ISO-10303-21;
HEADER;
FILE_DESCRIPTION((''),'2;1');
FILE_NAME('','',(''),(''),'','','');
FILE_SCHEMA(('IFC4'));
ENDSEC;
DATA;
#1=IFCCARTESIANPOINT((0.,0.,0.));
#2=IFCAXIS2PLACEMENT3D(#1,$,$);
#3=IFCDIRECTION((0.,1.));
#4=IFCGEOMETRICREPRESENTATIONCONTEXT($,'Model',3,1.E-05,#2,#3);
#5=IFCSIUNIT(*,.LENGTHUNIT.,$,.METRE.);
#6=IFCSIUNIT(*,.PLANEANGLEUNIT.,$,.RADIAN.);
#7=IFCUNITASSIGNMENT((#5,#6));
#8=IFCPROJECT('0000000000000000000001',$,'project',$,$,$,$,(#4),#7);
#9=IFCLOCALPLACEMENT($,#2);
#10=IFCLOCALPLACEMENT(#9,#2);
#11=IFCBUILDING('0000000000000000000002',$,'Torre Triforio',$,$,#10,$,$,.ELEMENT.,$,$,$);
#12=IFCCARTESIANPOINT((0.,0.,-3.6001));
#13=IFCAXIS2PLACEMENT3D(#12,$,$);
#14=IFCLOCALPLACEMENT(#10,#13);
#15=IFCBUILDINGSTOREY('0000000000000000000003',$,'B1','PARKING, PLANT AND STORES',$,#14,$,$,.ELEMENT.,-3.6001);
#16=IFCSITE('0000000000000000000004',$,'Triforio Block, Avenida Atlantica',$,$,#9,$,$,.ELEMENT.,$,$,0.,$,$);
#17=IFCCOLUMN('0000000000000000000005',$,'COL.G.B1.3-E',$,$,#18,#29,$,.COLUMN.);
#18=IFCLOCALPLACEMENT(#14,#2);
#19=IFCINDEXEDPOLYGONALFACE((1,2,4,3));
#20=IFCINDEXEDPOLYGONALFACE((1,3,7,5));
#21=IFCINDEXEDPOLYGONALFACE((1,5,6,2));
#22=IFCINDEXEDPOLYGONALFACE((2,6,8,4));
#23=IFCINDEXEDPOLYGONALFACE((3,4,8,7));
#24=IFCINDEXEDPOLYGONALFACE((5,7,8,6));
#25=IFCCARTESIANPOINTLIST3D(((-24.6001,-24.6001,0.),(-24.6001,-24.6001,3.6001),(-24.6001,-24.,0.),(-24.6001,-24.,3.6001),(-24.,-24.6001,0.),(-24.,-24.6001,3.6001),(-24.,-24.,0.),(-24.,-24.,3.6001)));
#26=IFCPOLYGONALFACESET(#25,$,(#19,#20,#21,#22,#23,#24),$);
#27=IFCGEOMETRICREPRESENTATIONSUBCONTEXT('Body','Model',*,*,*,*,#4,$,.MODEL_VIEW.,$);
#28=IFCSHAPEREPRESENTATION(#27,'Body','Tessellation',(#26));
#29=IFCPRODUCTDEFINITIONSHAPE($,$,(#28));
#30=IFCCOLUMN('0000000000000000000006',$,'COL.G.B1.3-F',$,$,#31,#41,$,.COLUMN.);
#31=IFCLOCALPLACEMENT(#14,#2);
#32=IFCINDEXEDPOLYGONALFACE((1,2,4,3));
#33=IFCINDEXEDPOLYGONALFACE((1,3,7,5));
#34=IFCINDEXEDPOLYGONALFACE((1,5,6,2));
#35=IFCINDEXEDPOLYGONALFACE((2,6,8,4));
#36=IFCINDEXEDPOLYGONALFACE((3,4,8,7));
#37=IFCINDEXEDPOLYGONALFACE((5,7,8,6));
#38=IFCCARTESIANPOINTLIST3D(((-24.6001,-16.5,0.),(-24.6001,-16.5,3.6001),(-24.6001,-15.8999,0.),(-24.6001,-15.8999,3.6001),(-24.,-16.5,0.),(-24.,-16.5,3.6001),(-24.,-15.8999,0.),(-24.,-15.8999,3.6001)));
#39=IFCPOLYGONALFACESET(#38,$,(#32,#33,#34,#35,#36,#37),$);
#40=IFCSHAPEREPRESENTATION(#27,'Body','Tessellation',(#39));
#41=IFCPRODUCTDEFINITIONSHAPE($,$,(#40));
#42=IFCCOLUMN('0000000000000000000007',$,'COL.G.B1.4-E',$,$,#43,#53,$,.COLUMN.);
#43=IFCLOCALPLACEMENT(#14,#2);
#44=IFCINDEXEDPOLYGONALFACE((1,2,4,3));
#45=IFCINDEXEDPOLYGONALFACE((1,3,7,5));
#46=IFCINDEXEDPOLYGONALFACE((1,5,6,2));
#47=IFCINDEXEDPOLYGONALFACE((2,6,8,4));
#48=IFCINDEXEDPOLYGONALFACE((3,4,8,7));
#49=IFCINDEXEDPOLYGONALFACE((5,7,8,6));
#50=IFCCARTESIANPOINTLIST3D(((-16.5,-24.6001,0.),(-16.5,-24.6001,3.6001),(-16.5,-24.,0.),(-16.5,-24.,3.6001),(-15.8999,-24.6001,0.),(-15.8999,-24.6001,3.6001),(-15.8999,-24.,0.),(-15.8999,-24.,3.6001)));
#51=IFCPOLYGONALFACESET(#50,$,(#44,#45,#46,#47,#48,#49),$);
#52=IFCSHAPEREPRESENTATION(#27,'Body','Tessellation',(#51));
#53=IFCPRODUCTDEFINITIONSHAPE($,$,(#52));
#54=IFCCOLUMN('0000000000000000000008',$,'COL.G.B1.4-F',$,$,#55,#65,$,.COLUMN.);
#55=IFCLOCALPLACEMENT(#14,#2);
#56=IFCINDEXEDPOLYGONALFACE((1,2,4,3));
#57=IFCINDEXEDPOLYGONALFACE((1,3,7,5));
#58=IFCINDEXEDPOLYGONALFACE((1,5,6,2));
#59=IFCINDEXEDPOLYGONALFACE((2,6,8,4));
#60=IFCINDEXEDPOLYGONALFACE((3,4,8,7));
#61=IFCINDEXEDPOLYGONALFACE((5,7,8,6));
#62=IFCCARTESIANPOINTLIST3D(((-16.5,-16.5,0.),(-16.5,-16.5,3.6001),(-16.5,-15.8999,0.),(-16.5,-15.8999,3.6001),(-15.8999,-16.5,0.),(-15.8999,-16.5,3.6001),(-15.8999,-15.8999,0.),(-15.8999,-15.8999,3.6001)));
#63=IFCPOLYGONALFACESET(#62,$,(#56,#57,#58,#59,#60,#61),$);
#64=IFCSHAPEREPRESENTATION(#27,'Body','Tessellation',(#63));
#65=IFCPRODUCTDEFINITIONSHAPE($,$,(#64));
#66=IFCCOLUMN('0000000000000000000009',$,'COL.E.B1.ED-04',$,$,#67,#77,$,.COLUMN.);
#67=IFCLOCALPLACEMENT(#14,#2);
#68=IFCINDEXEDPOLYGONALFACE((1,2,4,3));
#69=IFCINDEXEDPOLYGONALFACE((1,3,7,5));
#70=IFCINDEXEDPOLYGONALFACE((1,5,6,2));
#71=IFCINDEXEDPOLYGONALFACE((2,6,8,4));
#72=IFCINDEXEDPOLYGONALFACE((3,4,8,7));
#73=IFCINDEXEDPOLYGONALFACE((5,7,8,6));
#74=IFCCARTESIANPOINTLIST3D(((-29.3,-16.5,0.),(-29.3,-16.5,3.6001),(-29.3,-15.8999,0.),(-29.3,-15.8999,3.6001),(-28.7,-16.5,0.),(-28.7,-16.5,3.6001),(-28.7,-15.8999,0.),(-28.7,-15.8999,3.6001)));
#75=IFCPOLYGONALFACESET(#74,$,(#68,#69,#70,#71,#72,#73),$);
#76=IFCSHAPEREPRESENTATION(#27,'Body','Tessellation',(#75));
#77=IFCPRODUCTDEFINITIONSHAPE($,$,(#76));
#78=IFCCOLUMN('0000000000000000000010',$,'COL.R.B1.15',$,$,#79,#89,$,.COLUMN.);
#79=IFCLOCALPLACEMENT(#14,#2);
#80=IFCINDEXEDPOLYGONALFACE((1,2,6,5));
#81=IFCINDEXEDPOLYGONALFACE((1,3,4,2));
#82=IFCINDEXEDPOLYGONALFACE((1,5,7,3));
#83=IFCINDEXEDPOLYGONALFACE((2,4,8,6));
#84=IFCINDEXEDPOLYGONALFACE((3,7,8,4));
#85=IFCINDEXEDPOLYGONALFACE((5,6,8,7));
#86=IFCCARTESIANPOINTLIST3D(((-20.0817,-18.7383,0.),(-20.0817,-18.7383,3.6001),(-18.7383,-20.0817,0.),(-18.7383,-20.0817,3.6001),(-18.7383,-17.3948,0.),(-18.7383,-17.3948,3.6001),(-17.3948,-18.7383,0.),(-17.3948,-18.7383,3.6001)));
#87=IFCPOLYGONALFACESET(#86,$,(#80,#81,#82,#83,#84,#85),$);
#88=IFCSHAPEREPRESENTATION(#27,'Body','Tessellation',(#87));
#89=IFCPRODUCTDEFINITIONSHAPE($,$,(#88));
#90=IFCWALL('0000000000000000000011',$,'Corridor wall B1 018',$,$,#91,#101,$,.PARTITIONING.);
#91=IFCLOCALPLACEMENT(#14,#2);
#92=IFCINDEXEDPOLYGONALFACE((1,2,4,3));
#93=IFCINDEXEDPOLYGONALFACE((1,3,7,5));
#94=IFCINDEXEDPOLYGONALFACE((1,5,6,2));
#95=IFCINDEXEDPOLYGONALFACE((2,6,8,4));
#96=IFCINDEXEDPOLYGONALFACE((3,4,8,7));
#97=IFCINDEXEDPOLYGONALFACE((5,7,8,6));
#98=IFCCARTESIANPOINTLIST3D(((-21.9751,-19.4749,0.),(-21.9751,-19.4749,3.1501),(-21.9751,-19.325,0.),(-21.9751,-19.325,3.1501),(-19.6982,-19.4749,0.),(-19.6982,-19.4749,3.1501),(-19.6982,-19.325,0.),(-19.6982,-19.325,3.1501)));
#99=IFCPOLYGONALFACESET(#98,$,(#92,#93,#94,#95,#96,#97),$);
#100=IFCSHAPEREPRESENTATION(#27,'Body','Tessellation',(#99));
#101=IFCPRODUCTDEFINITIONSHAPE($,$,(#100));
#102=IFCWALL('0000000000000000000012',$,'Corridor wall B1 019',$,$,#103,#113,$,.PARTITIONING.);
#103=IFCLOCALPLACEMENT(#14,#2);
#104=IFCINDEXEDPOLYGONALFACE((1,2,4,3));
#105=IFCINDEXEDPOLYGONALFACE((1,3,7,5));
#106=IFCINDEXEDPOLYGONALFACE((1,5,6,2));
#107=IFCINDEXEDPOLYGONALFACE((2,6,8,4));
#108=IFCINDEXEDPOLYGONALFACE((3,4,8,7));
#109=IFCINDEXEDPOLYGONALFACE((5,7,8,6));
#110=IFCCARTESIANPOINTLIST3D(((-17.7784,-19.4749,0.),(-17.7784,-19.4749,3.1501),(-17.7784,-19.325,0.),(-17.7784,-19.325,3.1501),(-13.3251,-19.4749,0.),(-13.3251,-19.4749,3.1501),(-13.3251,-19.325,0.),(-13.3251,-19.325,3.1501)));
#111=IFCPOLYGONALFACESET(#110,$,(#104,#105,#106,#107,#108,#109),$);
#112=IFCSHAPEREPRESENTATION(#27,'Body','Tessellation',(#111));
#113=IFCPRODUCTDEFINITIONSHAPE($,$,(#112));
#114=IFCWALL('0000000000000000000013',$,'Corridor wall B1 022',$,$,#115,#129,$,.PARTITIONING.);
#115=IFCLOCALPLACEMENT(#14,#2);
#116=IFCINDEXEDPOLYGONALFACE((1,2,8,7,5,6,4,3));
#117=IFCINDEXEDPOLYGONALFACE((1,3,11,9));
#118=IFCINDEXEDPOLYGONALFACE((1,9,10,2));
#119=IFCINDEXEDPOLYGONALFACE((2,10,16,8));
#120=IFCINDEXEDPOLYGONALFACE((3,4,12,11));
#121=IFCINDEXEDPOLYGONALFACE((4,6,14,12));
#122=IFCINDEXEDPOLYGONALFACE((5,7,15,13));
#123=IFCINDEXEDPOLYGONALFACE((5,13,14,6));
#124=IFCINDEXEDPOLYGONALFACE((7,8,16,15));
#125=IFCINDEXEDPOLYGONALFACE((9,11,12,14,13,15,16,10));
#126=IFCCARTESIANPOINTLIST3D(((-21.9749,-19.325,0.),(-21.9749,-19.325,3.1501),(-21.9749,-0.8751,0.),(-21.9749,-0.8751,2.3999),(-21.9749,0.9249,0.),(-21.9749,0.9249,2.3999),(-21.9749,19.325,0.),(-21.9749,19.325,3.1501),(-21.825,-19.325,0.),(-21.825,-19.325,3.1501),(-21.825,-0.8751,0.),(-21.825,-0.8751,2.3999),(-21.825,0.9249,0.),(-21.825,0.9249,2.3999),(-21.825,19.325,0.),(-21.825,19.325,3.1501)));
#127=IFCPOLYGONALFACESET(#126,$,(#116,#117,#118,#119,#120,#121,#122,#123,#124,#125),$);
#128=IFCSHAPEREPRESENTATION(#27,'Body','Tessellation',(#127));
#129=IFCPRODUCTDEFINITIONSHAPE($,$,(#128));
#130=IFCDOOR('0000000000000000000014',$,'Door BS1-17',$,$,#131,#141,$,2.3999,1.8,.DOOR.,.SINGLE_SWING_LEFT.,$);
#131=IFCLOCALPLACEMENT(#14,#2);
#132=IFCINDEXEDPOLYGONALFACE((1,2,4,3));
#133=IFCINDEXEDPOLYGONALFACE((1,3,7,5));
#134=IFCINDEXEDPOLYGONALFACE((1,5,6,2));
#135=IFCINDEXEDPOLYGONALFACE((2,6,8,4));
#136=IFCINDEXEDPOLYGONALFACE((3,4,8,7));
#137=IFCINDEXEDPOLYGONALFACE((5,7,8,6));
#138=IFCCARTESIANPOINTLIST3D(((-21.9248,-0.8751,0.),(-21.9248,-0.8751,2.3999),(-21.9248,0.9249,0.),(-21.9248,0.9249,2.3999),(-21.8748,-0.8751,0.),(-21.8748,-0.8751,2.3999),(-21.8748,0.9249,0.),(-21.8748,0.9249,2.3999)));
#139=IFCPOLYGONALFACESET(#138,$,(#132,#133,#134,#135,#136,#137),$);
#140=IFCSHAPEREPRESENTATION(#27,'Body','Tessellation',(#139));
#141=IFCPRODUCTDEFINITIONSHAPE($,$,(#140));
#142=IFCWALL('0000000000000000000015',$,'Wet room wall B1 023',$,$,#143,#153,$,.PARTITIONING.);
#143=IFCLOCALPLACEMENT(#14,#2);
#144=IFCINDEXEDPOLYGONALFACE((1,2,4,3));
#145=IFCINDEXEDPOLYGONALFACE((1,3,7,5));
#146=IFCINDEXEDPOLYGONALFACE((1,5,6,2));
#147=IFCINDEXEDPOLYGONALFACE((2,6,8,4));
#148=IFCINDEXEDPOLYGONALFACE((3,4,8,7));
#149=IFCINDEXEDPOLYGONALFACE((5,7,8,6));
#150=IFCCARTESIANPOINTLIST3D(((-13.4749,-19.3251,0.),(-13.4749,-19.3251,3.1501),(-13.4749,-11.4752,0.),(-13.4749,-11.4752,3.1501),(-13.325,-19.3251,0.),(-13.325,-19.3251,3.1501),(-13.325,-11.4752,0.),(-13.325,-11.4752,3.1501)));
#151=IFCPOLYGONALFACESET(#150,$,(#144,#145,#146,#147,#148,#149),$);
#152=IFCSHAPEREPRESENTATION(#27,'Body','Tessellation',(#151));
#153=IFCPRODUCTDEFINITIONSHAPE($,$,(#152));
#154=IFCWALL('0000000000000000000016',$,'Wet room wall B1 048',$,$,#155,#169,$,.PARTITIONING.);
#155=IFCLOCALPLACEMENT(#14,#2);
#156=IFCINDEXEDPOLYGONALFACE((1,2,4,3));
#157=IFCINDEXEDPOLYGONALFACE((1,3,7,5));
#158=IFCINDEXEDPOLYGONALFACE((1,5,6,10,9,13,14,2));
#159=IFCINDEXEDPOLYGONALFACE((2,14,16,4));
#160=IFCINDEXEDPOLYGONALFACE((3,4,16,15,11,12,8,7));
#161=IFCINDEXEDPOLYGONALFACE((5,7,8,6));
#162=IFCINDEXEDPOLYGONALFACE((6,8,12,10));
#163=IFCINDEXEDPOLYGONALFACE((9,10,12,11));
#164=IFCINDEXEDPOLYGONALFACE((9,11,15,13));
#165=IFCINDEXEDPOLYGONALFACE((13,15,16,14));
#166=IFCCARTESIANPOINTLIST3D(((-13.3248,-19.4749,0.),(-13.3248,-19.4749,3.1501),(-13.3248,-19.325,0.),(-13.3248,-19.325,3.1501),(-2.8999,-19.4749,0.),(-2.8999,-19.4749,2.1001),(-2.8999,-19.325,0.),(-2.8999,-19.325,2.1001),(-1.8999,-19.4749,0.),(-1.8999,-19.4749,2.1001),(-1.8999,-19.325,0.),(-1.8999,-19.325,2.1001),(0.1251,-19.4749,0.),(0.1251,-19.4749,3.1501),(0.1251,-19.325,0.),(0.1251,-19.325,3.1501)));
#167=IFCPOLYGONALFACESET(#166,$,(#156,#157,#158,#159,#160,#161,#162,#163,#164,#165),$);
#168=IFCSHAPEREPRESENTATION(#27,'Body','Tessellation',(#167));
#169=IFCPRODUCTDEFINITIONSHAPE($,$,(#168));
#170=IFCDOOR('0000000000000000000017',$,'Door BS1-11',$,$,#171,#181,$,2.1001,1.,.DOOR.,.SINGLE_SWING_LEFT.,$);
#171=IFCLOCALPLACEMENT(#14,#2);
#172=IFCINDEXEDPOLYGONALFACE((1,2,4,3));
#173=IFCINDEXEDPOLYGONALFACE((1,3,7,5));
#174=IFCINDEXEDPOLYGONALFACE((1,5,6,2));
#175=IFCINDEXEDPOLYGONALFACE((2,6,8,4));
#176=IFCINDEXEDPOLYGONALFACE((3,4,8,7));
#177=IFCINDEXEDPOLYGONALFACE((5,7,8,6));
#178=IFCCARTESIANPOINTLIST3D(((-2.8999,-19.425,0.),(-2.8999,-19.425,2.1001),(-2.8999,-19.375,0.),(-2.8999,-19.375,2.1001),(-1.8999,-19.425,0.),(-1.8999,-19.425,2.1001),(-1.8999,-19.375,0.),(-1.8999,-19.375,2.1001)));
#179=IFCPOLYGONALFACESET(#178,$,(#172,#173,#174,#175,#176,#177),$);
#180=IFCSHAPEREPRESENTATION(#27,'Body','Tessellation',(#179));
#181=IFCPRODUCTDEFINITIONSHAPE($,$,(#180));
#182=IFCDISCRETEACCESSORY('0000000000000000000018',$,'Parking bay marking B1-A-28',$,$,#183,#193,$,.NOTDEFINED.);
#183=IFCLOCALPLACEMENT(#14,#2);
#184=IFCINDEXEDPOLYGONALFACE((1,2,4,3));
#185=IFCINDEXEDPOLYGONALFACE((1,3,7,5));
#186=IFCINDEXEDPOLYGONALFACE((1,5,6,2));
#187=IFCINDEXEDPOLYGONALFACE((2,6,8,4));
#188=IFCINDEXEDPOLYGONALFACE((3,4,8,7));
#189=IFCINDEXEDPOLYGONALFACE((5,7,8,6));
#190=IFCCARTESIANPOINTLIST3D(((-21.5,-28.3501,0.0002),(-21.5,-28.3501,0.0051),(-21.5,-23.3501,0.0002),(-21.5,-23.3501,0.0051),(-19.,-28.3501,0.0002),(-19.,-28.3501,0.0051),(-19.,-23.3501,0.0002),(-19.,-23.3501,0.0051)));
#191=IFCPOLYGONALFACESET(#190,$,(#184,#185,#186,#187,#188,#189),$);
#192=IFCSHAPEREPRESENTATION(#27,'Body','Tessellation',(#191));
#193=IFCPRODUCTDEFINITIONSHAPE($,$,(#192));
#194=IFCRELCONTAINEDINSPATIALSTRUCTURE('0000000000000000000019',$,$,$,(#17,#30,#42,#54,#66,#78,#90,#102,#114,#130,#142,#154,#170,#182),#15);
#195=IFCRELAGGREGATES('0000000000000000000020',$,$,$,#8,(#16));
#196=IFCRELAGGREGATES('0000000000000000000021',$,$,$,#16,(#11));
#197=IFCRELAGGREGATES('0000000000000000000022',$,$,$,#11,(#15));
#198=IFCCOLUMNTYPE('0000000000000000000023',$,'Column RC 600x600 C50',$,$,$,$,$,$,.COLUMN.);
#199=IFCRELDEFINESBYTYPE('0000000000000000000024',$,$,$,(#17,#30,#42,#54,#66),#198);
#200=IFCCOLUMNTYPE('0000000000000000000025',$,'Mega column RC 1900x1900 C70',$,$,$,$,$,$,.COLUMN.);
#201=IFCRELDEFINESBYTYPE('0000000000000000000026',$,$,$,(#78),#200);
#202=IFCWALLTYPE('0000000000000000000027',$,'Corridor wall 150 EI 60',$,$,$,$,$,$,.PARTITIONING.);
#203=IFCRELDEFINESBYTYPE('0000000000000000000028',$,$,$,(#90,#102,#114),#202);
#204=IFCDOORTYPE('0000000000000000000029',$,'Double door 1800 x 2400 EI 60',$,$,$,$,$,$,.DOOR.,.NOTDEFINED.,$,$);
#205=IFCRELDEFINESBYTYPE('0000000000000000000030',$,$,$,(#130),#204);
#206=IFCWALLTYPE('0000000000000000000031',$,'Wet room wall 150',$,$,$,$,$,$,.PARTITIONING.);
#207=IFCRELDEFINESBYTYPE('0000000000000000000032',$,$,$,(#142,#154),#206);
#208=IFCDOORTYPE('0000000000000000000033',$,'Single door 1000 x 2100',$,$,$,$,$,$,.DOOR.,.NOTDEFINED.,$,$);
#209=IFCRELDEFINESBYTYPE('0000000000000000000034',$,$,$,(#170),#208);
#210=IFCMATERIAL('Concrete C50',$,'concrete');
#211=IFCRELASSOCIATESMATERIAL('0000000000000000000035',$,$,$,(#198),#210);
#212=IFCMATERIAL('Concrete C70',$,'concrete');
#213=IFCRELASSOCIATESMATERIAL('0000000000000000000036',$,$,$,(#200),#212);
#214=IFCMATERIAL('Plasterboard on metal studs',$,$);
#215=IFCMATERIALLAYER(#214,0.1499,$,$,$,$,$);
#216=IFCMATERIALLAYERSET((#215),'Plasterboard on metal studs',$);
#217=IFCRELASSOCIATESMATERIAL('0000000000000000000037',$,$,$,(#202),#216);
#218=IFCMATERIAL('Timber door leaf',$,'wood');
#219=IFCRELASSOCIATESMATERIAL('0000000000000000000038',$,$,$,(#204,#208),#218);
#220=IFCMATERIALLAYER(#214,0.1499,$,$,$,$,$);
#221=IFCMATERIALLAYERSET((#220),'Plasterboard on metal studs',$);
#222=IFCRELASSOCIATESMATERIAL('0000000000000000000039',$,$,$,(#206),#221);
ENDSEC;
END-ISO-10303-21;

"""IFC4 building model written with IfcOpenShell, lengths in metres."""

from ifc_helpers import new_model, si_unit, direction, frame, frame_2d, origin, origin_2d, place, context, subcontext, project, spatial, rectangle, extrude, material, layer, layer_set, material_profile, profile_set, type_object, element, fill, save


model = new_model("IFC4")

# Units and contexts
model_context = context("Model", 3, precision=1e-05, world=origin(), true_north=direction((0.0, 1.0)))
body_context = subcontext(model_context, "Body", "Model", "MODEL_VIEW")
ifc_project = project(units=[si_unit("LENGTHUNIT", "METRE"), si_unit("PLANEANGLEUNIT", "RADIAN")], contexts=[model_context])

# Site, building, storey
site_placement = place(None, origin())
site = spatial("IfcSite", under=ifc_project, at=site_placement, Name="Triforio Block, Avenida Atlantica", CompositionType="ELEMENT", RefElevation=0.0)
building_placement = place(site_placement, origin())
building = spatial("IfcBuilding", under=site, at=building_placement, Name="Torre Triforio", CompositionType="ELEMENT")
storey_placement = place(building_placement, frame((0.0, 0.0, -3.6001)))
storey = spatial("IfcBuildingStorey", under=building, at=storey_placement, Name="B1", Description="PARKING, PLANT AND STORES", CompositionType="ELEMENT", Elevation=-3.6001)

# Columns
ifc_material_1 = material(Name="Concrete C50", Category="concrete")
ifc_material_profile_1 = material_profile(ifc_material_1, rectangle(XDim=0.6001, YDim=0.6001, at=origin_2d()), Name="RC 600x600")
ifc_profile_set_1 = profile_set([ifc_material_profile_1], Name="Concrete C50")
column_type_1 = type_object("IfcColumnType", Name="Column RC 600x600 C50", PredefinedType="COLUMN", material=ifc_profile_set_1)
for number, where, z_axis, x_axis, name in (
    (1, (-24.3, -24.3, 0.0), (0.0, 0.0, 1.0), (1.0, 0.0, 0.0), "COL.G.B1.3-E"),
    (2, (-24.3, -16.2, 0.0), (0.0, 0.0, 1.0), (1.0, 0.0, 0.0), "COL.G.B1.3-F"),
    (3, (-16.2, -24.3, 0.0), (0.0, 0.0, 1.0), (1.0, 0.0, 0.0), "COL.G.B1.4-E"),
    (4, (-16.2, -16.2, 0.0), (0.0, 0.0, 1.0), (1.0, 0.0, 0.0), "COL.G.B1.4-F"),
    (5, (-29.0, -16.2, 0.0), (0.0, 0.0, 1.0), (1.0, 0.0, 0.0), "COL.E.B1.ED-04"),
):
    element("IfcColumn", number, at=place(storey_placement, frame(where, z_axis=z_axis, x_axis=x_axis)), inside=storey, type_object=column_type_1, Name=name, PredefinedType="COLUMN", context=body_context, shape_type="SweptSolid", body=[
        extrude(rectangle(XDim=0.6001, YDim=0.6001, at=origin_2d()), origin(), (0.0, 0.0, 1.0), 3.6001),
    ])
ifc_material_2 = material(Name="Concrete C70", Category="concrete")
ifc_material_profile_2 = material_profile(ifc_material_2, rectangle(XDim=1.8999, YDim=1.8999, at=origin_2d()), Name="RC 1900x1900")
ifc_profile_set_2 = profile_set([ifc_material_profile_2], Name="Concrete C70")
column_type_2 = type_object("IfcColumnType", Name="Mega column RC 1900x1900 C70", PredefinedType="COLUMN", material=ifc_profile_set_2)
column_placement = place(storey_placement, frame((-18.7383, -18.7383, 0.0), z_axis=(0.0, 0.0, 1.0), x_axis=(0.707107, -0.707107, 0.0)))
element("IfcColumn", 6, at=column_placement, inside=storey, type_object=column_type_2, Name="COL.R.B1.15", PredefinedType="COLUMN", context=body_context, shape_type="SweptSolid", body=[
    extrude(rectangle(XDim=1.8999, YDim=1.8999, at=origin_2d()), origin(), (0.0, 0.0, 1.0), 3.6001),
])

# Walls
ifc_material_3 = material(Name="Plasterboard on metal studs")
ifc_layer_1 = layer(ifc_material_3, 0.1499)
ifc_layer_set_1 = layer_set([ifc_layer_1], Name="Plasterboard on metal studs")
wall_type_1 = type_object("IfcWallType", Name="Corridor wall 150 EI 60", PredefinedType="PARTITIONING", material=ifc_layer_set_1)
wall_1_placement = place(storey_placement, frame((-21.9751, -19.3999, 0.0), z_axis=(0.0, 0.0, 1.0), x_axis=(1.0, 0.0, 0.0)))
element("IfcWall", 7, at=wall_1_placement, inside=storey, type_object=wall_type_1, Name="Corridor wall B1 018", PredefinedType="PARTITIONING", context=body_context, shape_type="SweptSolid", body=[
    extrude(rectangle(XDim=2.2769, YDim=0.1499, at=frame_2d((1.1384, 0.0))), origin(), (0.0, 0.0, 1.0), 3.1501),
])
wall_2_placement = place(storey_placement, frame((-17.7783, -19.3999, 0.0), z_axis=(0.0, 0.0, 1.0), x_axis=(1.0, 0.0, 0.0)))
element("IfcWall", 8, at=wall_2_placement, inside=storey, type_object=wall_type_1, Name="Corridor wall B1 019", PredefinedType="PARTITIONING", context=body_context, shape_type="SweptSolid", body=[
    extrude(rectangle(XDim=4.4534, YDim=0.1499, at=frame_2d((2.2266, 0.0))), origin(), (0.0, 0.0, 1.0), 3.1501),
])

# Wall, opening, door
wall_3_placement = place(storey_placement, frame((-21.8999, -19.325, 0.0), z_axis=(0.0, 0.0, 1.0), x_axis=(0.0, 1.0, 0.0)))
wall_3 = element("IfcWall", 9, at=wall_3_placement, inside=storey, type_object=wall_type_1, Name="Corridor wall B1 022", PredefinedType="PARTITIONING", context=body_context, shape_type="SweptSolid", body=[
    extrude(rectangle(XDim=38.6499, YDim=0.1499, at=frame_2d((19.325, 0.0))), origin(), (0.0, 0.0, 1.0), 3.1501),
])
opening_1_placement = place(wall_3_placement, frame((18.45, 0.0, 0.0)))
opening_1 = element("IfcOpeningElement", 10, at=opening_1_placement, cuts=wall_3, PredefinedType="OPENING", context=body_context, shape_type="SweptSolid", body=[
    extrude(rectangle(XDim=1.8, YDim=2.3999, at=frame_2d((0.8999, 1.2))), frame((0.0, 0.085, 0.0), z_axis=(0.0, -1.0, 0.0), x_axis=(1.0, 0.0, 0.0)), (0.0, 0.0, 1.0), 0.1699),
])
ifc_material_4 = material(Name="Timber door leaf", Category="wood")
door_type_1 = type_object("IfcDoorType", Name="Double door 1800 x 2400 EI 60", OperationType="NOTDEFINED", PredefinedType="DOOR", material=ifc_material_4)
door_1_placement = place(opening_1_placement, origin())
door_1 = element("IfcDoor", 11, at=door_1_placement, inside=storey, type_object=door_type_1, Name="Door BS1-17", OperationType="SINGLE_SWING_LEFT", OverallHeight=2.3999, OverallWidth=1.8, PredefinedType="DOOR", context=body_context, shape_type="SweptSolid", body=[
    extrude(rectangle(XDim=1.8, YDim=2.3999, at=frame_2d((0.8999, 1.2))), frame((0.0, 0.0249, 0.0), z_axis=(0.0, -1.0, 0.0), x_axis=(1.0, 0.0, 0.0)), (0.0, 0.0, 1.0), 0.05),
])
fill(opening_1, door_1)

# Wall
ifc_layer_2 = layer(ifc_material_3, 0.1499)
ifc_layer_set_2 = layer_set([ifc_layer_2], Name="Plasterboard on metal studs")
wall_type_2 = type_object("IfcWallType", Name="Wet room wall 150", PredefinedType="PARTITIONING", material=ifc_layer_set_2)
wall_4_placement = place(storey_placement, frame((-13.3999, -19.325, 0.0), z_axis=(0.0, 0.0, 1.0), x_axis=(0.0, 1.0, 0.0)))
element("IfcWall", 12, at=wall_4_placement, inside=storey, type_object=wall_type_2, Name="Wet room wall B1 023", PredefinedType="PARTITIONING", context=body_context, shape_type="SweptSolid", body=[
    extrude(rectangle(XDim=7.8499, YDim=0.1499, at=frame_2d((3.9248, 0.0))), origin(), (0.0, 0.0, 1.0), 3.1501),
])

# Wall, opening, door
wall_5_placement = place(storey_placement, frame((-13.325, -19.3999, 0.0), z_axis=(0.0, 0.0, 1.0), x_axis=(1.0, 0.0, 0.0)))
wall_5 = element("IfcWall", 13, at=wall_5_placement, inside=storey, type_object=wall_type_2, Name="Wet room wall B1 048", PredefinedType="PARTITIONING", context=body_context, shape_type="SweptSolid", body=[
    extrude(rectangle(XDim=13.45, YDim=0.1499, at=frame_2d((6.7251, 0.0))), origin(), (0.0, 0.0, 1.0), 3.1501),
])
opening_2_placement = place(wall_5_placement, frame((10.425, 0.0, 0.0)))
opening_2 = element("IfcOpeningElement", 14, at=opening_2_placement, cuts=wall_5, PredefinedType="OPENING", context=body_context, shape_type="SweptSolid", body=[
    extrude(rectangle(XDim=1.0, YDim=2.1001, at=frame_2d((0.5, 1.05))), frame((0.0, 0.085, 0.0), z_axis=(0.0, -1.0, 0.0), x_axis=(1.0, 0.0, 0.0)), (0.0, 0.0, 1.0), 0.1699),
])
door_type_2 = type_object("IfcDoorType", Name="Single door 1000 x 2100", OperationType="NOTDEFINED", PredefinedType="DOOR", material=ifc_material_4)
door_2_placement = place(opening_2_placement, origin())
door_2 = element("IfcDoor", 15, at=door_2_placement, inside=storey, type_object=door_type_2, Name="Door BS1-11", OperationType="SINGLE_SWING_LEFT", OverallHeight=2.1001, OverallWidth=1.0, PredefinedType="DOOR", context=body_context, shape_type="SweptSolid", body=[
    extrude(rectangle(XDim=1.0, YDim=2.1001, at=frame_2d((0.5, 1.05))), frame((0.0, 0.0249, 0.0), z_axis=(0.0, -1.0, 0.0), x_axis=(1.0, 0.0, 0.0)), (0.0, 0.0, 1.0), 0.05),
])
fill(opening_2, door_2)

# Discrete accessory
discrete_accessory_1_placement = place(storey_placement, frame((-20.25, -25.8501, 0.0002), z_axis=(0.0, 0.0, 1.0), x_axis=(1.0, 0.0, 0.0)))
element("IfcDiscreteAccessory", 16, at=discrete_accessory_1_placement, inside=storey, Name="Parking bay marking B1-A-28", PredefinedType="NOTDEFINED", context=body_context, shape_type="SweptSolid", body=[
    extrude(rectangle(XDim=2.5, YDim=5.0, at=origin_2d()), origin(), (0.0, 0.0, 1.0), 0.0049),
])

save(model, "model.ifc")
